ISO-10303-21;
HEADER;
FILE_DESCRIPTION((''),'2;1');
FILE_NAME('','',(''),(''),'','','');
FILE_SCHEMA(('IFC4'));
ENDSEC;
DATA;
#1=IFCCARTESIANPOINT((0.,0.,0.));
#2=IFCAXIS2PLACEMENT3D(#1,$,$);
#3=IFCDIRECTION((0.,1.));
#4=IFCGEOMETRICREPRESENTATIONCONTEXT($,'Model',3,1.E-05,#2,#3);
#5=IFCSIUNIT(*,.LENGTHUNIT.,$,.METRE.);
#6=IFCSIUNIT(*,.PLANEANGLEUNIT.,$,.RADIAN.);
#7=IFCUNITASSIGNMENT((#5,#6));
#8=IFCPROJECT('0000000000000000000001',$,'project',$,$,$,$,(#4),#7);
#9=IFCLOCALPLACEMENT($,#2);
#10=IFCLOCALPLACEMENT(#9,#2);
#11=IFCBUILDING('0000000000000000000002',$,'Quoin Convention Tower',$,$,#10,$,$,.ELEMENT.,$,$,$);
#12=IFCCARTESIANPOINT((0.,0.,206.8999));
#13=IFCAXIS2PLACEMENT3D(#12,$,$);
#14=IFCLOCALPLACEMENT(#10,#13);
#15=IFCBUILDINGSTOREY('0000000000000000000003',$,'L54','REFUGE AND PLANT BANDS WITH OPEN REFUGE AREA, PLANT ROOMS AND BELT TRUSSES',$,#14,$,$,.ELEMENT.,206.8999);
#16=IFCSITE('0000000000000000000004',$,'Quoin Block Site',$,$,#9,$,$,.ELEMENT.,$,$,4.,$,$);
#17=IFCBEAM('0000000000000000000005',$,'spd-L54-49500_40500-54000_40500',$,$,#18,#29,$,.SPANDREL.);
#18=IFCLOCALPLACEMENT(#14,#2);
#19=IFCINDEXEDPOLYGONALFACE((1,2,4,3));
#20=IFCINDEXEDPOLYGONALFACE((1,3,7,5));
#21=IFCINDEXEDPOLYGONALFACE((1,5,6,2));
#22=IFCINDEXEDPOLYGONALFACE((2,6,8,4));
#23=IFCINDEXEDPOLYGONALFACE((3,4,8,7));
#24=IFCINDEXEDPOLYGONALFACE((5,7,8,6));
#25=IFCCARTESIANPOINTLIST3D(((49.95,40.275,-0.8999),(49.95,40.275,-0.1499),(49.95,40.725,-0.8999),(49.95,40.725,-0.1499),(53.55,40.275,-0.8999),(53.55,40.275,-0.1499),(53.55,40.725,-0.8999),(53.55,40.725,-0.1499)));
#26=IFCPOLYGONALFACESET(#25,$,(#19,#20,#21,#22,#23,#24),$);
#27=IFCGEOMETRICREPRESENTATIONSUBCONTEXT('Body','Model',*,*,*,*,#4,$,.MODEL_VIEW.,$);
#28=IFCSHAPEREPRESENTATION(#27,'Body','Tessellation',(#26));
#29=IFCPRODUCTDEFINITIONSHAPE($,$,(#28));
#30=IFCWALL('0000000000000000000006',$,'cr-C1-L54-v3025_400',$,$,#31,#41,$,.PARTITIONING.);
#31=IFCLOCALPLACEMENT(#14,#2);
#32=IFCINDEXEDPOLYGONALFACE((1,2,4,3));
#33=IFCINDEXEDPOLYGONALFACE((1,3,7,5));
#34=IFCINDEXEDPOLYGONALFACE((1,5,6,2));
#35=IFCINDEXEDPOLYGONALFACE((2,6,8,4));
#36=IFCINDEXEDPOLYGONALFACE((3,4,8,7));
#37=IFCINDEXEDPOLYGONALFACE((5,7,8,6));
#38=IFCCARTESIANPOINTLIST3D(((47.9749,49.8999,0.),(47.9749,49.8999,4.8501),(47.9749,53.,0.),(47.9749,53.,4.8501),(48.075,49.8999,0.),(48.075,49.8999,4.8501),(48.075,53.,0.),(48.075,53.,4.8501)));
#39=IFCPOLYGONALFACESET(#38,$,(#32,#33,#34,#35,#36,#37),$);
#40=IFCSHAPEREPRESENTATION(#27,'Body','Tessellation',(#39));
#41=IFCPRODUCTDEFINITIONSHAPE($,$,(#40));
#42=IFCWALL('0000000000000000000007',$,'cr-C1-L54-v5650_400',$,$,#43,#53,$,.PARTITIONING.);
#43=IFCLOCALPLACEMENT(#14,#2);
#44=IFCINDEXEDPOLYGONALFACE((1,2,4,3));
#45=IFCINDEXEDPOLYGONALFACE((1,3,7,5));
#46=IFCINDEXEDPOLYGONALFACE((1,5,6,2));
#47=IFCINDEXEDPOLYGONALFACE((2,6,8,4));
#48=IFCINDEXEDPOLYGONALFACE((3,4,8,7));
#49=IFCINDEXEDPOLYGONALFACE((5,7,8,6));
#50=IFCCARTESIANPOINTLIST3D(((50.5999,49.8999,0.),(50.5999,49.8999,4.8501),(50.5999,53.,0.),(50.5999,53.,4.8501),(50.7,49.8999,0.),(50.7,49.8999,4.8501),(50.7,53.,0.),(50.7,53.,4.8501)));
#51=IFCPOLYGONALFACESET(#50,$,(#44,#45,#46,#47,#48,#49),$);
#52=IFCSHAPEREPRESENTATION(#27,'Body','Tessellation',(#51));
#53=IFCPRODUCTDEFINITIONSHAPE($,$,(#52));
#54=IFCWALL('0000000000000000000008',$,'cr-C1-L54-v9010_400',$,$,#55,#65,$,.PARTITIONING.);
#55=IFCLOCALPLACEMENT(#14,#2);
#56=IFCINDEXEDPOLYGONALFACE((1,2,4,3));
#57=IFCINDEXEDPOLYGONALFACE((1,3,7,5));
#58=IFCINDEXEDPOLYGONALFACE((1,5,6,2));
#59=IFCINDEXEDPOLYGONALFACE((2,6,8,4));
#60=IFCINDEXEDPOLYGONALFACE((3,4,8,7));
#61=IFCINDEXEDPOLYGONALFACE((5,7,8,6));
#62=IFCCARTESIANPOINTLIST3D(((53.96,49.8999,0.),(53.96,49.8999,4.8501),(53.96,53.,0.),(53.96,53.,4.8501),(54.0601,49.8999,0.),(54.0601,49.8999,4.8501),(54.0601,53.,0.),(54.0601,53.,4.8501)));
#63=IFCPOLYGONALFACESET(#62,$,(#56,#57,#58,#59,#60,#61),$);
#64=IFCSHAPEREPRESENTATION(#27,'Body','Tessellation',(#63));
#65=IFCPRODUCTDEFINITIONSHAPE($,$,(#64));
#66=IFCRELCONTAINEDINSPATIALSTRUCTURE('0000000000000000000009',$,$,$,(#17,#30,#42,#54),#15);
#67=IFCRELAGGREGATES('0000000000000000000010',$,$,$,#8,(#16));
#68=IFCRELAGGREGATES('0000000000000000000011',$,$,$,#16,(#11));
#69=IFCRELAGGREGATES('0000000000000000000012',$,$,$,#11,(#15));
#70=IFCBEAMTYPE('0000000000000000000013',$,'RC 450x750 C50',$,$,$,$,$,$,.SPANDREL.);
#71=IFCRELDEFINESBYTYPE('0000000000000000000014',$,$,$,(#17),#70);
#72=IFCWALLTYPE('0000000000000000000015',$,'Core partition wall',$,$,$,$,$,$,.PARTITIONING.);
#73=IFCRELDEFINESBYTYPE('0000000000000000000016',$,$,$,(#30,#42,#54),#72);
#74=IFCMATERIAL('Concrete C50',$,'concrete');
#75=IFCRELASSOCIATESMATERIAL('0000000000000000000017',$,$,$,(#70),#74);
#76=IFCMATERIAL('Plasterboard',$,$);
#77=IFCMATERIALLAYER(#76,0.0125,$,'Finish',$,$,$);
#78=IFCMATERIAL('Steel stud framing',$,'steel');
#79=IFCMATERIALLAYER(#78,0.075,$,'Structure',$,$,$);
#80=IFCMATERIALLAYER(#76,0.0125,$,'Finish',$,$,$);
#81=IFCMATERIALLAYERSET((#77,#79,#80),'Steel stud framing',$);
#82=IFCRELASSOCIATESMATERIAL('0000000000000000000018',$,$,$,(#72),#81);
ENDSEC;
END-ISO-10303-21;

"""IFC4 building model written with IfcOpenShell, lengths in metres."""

from ifc_helpers import new_model, si_unit, direction, frame, frame_2d, origin, origin_2d, place, context, subcontext, project, spatial, rectangle, extrude, material, layer, layer_set, material_profile, profile_set, type_object, element, save


model = new_model("IFC4")

# Units and contexts
model_context = context("Model", 3, precision=1e-05, world=origin(), true_north=direction((0.0, 1.0)))
body_context = subcontext(model_context, "Body", "Model", "MODEL_VIEW")
ifc_project = project(units=[si_unit("LENGTHUNIT", "METRE"), si_unit("PLANEANGLEUNIT", "RADIAN")], contexts=[model_context])

# Site, building, storey
site_placement = place(None, origin())
site = spatial("IfcSite", under=ifc_project, at=site_placement, Name="Quoin Block Site", CompositionType="ELEMENT", RefElevation=4.0)
building_placement = place(site_placement, origin())
building = spatial("IfcBuilding", under=site, at=building_placement, Name="Quoin Convention Tower", CompositionType="ELEMENT")
storey_placement = place(building_placement, frame((0.0, 0.0, 206.8999)))
storey = spatial("IfcBuildingStorey", under=building, at=storey_placement, Name="L54", Description="REFUGE AND PLANT BANDS WITH OPEN REFUGE AREA, PLANT ROOMS AND BELT TRUSSES", CompositionType="ELEMENT", Elevation=206.8999)

# Shared definitions
ifc_material_1 = material(Name="Concrete C50", Category="concrete")

# Beam
ifc_material_profile_1 = material_profile(ifc_material_1, rectangle(XDim=0.45, YDim=0.75, at=origin_2d()), Name="RC 450x750")
ifc_profile_set_1 = profile_set([ifc_material_profile_1], Name="Concrete C50")
beam_type_1 = type_object("IfcBeamType", Name="RC 450x750 C50", PredefinedType="SPANDREL", material=ifc_profile_set_1)
beam_1_placement = place(storey_placement, frame((49.95, 40.5, -0.5249), z_axis=(1.0, 0.0, 0.0), x_axis=(0.0, 1.0, 0.0)))
element("IfcBeam", 1, at=beam_1_placement, inside=storey, type_object=beam_type_1, Name="spd-L54-49500_40500-54000_40500", PredefinedType="SPANDREL", context=body_context, shape_type="SweptSolid", body=[
    extrude(rectangle(XDim=0.45, YDim=0.75, at=origin_2d()), origin(), (0.0, 0.0, 1.0), 3.6001),
])

# Walls
ifc_material_2 = material(Name="Plasterboard")
ifc_layer_1 = layer(ifc_material_2, 0.0125, Name="Finish")
ifc_material_3 = material(Name="Steel stud framing", Category="steel")
ifc_layer_2 = layer(ifc_material_3, 0.075, Name="Structure")
ifc_layer_3 = layer(ifc_material_2, 0.0125, Name="Finish")
ifc_layer_set = layer_set([ifc_layer_1, ifc_layer_2, ifc_layer_3], Name="Steel stud framing")
wall_type = type_object("IfcWallType", Name="Core partition wall", PredefinedType="PARTITIONING", material=ifc_layer_set)
for number, where, z_axis, x_axis, name in (
    (2, (48.0249, 49.8999, 0.0), (0.0, 0.0, 1.0), (0.0, 1.0, 0.0), "cr-C1-L54-v3025_400"),
    (3, (50.6499, 49.8999, 0.0), (0.0, 0.0, 1.0), (0.0, 1.0, 0.0), "cr-C1-L54-v5650_400"),
    (4, (54.01, 49.8999, 0.0), (0.0, 0.0, 1.0), (0.0, 1.0, 0.0), "cr-C1-L54-v9010_400"),
):
    element("IfcWall", number, at=place(storey_placement, frame(where, z_axis=z_axis, x_axis=x_axis)), inside=storey, type_object=wall_type, Name=name, PredefinedType="PARTITIONING", context=body_context, shape_type="SweptSolid", body=[
        extrude(rectangle(XDim=3.1001, YDim=0.1001, at=frame_2d((1.55, 0.0))), origin(), (0.0, 0.0, 1.0), 4.8501),
    ])

save(model, "model.ifc")
